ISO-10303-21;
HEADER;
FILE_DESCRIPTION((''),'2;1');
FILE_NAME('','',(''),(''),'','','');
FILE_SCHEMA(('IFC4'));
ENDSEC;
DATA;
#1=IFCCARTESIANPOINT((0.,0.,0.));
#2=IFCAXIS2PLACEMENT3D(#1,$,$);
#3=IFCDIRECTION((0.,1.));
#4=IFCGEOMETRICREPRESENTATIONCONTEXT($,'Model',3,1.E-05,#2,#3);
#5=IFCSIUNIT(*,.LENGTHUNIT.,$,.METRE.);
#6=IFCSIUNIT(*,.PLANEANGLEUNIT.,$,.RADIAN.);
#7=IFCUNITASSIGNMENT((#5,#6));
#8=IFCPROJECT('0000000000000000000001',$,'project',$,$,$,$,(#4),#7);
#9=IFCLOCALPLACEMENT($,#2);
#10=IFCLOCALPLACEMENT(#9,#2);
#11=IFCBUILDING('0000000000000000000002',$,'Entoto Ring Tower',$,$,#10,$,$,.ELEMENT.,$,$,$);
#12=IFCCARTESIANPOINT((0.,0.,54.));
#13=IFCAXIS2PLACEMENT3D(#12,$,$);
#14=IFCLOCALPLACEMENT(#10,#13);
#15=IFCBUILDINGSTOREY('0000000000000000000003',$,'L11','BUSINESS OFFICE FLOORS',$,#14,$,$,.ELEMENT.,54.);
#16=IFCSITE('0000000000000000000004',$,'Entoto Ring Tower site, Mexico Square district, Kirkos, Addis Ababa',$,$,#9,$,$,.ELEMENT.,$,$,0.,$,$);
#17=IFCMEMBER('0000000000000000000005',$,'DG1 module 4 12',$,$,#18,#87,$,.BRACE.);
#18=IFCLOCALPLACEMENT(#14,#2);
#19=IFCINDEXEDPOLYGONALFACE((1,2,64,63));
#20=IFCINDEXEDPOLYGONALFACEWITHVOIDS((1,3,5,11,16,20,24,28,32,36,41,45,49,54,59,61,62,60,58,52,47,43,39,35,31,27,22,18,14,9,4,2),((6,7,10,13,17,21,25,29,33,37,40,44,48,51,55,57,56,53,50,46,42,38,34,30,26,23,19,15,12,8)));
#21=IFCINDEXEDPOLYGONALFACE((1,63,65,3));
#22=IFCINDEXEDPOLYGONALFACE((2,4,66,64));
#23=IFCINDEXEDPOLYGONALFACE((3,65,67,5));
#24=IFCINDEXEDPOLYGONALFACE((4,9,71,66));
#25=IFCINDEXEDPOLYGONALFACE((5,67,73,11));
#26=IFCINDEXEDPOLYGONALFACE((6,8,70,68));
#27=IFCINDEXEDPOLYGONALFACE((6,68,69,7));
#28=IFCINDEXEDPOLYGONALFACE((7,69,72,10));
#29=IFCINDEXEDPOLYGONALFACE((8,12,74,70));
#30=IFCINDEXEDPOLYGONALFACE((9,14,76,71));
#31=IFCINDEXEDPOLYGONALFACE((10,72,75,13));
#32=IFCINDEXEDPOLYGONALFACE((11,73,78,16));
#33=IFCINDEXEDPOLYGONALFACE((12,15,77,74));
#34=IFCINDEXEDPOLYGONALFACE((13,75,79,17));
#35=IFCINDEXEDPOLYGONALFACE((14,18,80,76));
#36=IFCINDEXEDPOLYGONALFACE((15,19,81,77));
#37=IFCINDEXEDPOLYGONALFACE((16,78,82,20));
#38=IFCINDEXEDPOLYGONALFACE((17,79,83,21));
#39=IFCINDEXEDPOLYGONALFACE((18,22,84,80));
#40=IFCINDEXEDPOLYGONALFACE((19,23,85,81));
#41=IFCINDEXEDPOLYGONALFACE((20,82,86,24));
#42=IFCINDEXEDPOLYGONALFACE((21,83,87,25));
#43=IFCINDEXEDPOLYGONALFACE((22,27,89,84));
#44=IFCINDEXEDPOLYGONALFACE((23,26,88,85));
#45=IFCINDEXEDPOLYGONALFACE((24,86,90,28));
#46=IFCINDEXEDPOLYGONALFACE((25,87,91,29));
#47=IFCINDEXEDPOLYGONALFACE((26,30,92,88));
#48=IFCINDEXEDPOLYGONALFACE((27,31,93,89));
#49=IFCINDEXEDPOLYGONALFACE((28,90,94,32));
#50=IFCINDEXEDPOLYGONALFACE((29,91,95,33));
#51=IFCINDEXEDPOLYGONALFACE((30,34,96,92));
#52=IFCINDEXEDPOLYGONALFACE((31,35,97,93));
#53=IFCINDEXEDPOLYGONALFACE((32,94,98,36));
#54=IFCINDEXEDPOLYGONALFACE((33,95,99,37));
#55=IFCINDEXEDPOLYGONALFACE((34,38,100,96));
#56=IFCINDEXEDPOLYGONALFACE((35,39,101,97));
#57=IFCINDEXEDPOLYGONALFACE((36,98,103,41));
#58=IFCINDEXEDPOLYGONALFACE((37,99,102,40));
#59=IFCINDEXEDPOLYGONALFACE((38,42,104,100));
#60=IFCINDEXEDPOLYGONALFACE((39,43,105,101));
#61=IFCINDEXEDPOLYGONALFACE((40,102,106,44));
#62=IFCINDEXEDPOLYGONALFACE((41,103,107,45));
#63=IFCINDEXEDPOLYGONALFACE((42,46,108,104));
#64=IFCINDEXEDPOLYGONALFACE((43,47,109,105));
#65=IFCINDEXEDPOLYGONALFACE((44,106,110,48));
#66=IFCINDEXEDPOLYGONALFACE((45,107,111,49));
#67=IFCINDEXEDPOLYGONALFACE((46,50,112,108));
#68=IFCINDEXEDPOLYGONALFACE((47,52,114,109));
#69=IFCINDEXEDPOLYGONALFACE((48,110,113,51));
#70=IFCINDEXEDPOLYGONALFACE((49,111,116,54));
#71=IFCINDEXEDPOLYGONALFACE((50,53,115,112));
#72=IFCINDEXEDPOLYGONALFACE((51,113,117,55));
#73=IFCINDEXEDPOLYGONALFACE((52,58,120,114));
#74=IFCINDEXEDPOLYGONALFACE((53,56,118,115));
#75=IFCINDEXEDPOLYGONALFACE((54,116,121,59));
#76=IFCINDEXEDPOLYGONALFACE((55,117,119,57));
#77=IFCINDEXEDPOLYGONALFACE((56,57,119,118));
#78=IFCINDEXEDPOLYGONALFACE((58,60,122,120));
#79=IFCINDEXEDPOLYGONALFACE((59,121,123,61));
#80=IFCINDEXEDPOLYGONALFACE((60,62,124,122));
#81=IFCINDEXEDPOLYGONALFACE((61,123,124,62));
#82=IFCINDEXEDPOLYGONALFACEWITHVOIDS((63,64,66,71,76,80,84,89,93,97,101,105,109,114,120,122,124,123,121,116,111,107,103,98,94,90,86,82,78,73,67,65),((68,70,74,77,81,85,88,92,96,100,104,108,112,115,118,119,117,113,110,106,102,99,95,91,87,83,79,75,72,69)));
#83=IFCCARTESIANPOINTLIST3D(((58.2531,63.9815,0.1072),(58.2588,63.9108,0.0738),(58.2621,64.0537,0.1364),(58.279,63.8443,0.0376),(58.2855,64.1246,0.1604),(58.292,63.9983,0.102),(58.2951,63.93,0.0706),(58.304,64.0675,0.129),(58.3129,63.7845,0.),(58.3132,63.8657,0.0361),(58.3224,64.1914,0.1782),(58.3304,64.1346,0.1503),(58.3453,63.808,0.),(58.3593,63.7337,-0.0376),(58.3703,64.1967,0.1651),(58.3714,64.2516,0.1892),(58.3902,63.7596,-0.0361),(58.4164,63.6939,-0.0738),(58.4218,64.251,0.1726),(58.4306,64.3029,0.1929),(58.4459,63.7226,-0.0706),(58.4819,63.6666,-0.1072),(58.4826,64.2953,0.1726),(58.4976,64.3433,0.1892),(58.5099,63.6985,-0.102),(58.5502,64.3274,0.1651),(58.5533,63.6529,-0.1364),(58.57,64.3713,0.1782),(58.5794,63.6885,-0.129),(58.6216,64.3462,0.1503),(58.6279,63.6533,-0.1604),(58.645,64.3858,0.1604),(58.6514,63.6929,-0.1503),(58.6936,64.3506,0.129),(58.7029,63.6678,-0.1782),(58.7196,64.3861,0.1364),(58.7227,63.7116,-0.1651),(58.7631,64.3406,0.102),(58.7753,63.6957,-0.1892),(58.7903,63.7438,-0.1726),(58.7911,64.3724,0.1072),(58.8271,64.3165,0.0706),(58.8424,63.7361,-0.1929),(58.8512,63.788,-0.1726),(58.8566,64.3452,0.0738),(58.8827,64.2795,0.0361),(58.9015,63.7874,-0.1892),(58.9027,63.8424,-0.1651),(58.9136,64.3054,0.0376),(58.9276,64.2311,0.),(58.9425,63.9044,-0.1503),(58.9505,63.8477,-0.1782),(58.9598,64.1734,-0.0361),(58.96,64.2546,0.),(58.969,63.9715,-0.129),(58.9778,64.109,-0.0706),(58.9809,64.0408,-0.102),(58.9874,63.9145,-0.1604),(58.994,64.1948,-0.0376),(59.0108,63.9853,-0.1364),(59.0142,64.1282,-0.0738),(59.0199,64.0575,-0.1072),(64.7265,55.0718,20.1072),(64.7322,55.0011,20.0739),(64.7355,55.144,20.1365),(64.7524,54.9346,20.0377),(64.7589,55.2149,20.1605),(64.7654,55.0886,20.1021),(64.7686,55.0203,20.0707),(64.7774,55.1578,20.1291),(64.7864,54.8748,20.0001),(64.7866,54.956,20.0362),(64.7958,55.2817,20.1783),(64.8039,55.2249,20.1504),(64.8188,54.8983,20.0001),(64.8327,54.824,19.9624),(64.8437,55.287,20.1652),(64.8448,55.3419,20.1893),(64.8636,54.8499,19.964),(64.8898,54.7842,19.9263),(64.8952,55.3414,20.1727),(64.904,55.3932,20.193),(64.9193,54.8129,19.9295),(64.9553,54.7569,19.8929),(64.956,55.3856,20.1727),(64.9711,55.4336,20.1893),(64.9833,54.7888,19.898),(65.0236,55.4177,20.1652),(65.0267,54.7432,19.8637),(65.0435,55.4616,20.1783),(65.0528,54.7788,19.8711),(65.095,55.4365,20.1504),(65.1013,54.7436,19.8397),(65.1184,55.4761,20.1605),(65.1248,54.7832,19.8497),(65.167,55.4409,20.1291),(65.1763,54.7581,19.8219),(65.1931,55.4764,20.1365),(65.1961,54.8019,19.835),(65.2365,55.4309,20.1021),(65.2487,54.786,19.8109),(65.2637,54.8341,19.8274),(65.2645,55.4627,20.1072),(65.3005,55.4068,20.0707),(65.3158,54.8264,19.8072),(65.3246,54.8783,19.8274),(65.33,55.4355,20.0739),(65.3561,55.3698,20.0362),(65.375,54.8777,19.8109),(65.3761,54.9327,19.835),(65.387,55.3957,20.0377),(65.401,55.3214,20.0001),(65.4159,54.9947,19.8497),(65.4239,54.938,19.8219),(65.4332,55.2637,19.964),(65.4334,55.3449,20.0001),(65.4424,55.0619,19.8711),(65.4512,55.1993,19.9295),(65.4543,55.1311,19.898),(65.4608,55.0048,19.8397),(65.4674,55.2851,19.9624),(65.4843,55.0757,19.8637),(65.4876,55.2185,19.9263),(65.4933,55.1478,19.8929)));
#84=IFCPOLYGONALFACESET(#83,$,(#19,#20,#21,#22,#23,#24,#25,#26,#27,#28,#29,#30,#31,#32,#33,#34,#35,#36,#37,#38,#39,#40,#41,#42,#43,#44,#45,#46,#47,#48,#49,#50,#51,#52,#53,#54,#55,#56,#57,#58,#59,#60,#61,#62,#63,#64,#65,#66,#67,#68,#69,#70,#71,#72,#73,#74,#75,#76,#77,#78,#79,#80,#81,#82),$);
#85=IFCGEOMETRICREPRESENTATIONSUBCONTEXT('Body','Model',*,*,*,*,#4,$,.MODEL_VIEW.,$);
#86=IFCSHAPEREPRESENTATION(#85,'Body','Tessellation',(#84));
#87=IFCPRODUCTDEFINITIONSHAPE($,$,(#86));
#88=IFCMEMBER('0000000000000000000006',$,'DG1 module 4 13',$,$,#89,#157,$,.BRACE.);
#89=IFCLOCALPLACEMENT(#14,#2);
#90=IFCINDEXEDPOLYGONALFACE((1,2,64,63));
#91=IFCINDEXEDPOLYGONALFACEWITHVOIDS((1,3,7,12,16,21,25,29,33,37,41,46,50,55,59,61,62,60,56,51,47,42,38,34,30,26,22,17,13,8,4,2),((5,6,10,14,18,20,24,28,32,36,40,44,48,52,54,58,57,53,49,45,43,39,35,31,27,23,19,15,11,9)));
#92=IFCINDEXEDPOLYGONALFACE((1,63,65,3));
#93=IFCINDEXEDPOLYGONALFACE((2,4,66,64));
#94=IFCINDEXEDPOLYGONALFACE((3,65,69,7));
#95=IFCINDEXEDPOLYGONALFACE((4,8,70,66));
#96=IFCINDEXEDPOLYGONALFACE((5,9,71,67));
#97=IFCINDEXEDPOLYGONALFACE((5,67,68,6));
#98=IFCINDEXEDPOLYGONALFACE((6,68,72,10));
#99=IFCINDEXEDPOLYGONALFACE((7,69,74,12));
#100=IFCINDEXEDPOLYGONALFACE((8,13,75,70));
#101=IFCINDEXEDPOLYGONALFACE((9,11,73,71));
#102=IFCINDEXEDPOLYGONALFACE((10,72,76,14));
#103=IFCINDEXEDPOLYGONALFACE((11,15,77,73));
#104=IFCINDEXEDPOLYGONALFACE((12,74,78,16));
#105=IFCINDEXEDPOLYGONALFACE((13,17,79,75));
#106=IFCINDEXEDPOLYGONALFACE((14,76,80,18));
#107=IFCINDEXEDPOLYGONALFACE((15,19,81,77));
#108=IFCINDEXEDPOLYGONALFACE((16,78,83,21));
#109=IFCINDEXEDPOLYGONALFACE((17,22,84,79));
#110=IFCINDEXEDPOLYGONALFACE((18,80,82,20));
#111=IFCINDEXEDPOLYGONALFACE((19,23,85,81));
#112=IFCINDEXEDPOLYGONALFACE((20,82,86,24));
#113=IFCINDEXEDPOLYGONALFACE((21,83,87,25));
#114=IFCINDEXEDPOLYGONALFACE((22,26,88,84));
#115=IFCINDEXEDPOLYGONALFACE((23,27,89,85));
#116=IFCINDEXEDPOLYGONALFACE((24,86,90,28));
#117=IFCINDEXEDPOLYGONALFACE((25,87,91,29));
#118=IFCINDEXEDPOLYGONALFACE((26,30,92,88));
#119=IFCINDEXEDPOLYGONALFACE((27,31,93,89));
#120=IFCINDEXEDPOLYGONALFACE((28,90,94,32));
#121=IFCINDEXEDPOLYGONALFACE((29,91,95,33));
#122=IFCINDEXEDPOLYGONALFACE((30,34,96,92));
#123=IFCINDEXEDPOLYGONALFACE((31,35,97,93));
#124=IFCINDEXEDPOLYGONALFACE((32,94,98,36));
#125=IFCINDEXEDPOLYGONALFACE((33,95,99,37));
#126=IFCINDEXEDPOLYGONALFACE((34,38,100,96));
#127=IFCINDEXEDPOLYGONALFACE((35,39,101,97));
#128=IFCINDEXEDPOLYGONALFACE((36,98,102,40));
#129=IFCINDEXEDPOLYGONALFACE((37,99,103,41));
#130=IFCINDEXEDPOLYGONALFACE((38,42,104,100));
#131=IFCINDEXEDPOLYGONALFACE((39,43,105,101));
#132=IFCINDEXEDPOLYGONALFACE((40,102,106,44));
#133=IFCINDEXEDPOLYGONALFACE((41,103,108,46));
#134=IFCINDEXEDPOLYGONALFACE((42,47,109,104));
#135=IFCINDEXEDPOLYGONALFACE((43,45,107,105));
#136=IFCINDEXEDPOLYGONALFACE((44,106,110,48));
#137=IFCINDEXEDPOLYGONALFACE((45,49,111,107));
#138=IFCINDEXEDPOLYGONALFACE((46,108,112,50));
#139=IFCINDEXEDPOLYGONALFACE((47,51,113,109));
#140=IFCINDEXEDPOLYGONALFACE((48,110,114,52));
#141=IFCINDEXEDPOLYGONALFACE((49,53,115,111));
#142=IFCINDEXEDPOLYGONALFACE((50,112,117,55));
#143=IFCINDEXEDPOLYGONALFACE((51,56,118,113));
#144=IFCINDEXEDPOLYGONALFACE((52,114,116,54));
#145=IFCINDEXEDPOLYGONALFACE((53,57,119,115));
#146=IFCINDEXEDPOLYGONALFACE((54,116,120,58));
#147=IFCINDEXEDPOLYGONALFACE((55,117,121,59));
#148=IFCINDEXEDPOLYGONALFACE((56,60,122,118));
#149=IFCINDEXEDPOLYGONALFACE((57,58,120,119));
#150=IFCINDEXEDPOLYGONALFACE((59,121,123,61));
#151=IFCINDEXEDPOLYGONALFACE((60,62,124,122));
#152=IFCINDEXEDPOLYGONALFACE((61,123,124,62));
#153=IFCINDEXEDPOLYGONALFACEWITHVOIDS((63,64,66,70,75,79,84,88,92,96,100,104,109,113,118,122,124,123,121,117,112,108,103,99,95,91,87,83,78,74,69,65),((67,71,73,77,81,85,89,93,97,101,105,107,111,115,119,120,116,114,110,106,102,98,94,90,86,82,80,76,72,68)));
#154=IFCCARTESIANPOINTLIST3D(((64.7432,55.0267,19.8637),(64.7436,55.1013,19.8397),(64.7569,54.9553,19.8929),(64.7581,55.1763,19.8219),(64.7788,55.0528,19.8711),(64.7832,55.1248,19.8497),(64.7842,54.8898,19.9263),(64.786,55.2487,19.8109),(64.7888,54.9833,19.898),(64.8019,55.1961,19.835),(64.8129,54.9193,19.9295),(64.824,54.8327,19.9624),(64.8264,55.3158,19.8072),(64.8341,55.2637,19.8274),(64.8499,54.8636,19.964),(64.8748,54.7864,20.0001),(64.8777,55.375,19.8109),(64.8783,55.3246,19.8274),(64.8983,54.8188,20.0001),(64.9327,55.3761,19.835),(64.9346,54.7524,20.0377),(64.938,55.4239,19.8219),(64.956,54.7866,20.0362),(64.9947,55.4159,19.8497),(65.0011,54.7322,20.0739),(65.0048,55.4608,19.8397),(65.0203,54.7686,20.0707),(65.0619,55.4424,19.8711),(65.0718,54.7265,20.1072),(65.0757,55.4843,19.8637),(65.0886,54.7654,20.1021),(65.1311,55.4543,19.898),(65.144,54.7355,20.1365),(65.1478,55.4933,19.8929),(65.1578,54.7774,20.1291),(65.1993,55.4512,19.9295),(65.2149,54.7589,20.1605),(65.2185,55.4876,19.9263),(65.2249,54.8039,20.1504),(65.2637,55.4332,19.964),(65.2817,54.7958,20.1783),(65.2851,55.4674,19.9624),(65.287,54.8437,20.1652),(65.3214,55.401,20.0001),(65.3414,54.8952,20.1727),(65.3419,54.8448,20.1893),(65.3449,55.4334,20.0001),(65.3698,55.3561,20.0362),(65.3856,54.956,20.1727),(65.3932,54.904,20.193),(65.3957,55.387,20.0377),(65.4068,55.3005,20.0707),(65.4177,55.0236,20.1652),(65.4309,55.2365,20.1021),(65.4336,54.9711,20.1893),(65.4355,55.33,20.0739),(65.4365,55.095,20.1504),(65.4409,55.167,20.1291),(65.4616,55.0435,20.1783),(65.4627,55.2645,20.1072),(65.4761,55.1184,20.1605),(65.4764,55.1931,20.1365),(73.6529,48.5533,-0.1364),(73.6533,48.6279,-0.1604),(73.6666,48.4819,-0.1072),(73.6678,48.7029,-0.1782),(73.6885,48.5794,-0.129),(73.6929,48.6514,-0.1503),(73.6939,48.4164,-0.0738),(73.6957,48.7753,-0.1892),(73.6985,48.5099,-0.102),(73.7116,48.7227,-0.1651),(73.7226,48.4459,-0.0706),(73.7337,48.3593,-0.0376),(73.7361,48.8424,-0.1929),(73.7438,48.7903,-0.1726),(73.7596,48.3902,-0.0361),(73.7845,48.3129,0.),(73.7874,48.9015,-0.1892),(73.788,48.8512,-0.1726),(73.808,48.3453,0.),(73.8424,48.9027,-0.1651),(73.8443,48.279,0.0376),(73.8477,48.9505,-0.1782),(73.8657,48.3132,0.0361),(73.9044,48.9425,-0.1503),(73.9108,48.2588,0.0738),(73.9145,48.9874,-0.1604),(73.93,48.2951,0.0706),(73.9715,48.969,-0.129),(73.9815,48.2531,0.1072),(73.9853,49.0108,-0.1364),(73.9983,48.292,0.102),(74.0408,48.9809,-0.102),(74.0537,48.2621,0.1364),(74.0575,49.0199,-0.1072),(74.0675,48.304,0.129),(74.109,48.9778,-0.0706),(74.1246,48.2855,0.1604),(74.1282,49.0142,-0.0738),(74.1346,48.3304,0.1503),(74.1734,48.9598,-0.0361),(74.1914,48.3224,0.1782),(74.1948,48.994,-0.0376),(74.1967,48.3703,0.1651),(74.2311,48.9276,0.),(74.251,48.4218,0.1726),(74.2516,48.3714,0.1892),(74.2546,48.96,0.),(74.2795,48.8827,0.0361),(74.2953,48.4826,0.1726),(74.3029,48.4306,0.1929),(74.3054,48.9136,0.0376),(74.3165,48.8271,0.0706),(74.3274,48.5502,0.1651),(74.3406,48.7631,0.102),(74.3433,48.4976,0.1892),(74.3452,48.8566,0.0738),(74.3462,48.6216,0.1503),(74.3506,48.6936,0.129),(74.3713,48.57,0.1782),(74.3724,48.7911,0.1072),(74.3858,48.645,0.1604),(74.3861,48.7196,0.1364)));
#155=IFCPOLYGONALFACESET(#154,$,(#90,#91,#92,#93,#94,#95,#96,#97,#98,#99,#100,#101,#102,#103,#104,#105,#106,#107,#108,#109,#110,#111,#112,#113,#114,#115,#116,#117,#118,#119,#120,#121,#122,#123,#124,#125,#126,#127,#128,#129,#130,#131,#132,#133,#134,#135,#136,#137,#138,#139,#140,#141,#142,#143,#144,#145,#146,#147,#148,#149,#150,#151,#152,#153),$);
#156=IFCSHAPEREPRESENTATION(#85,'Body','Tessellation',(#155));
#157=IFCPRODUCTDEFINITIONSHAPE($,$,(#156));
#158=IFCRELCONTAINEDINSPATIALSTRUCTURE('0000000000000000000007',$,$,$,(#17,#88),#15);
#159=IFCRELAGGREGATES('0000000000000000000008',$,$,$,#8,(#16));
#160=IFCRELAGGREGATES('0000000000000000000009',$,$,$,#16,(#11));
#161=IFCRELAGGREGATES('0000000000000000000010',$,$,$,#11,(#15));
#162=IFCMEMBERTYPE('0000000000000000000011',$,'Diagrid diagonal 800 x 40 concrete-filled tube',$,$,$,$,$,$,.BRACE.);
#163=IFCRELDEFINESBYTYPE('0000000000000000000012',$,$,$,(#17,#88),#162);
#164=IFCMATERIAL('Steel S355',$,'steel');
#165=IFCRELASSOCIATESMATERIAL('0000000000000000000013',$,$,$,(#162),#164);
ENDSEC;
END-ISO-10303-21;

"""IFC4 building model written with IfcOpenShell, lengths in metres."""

from ifc_helpers import new_model, si_unit, direction, frame, origin, origin_2d, place, context, subcontext, project, spatial, circle, hollow_circle, extrude, material, material_profile, profile_set, type_object, element, save


model = new_model("IFC4")

# Units and contexts
model_context = context("Model", 3, precision=1e-05, world=origin(), true_north=direction((0.0, 1.0)))
body_context = subcontext(model_context, "Body", "Model", "MODEL_VIEW")
ifc_project = project(units=[si_unit("LENGTHUNIT", "METRE"), si_unit("PLANEANGLEUNIT", "RADIAN")], contexts=[model_context])

# Site, building, storey
site_placement = place(None, origin())
site = spatial("IfcSite", under=ifc_project, at=site_placement, Name="Entoto Ring Tower site, Mexico Square district, Kirkos, Addis Ababa", CompositionType="ELEMENT", RefElevation=0.0)
building_placement = place(site_placement, origin())
building = spatial("IfcBuilding", under=site, at=building_placement, Name="Entoto Ring Tower", CompositionType="ELEMENT")
storey_placement = place(building_placement, frame((0.0, 0.0, 54.0)))
storey = spatial("IfcBuildingStorey", under=building, at=storey_placement, Name="L11", Description="BUSINESS OFFICE FLOORS", CompositionType="ELEMENT", Elevation=54.0)

# Members
ifc_material_1 = material(Name="Steel S355", Category="steel")
ifc_material_profile_1 = material_profile(ifc_material_1, hollow_circle(Radius=0.3999, WallThickness=0.04, at=origin_2d()), Name="CHS 800 x 40")
ifc_material_2 = material(Name="Concrete C60/75", Category="concrete")
ifc_material_profile_2 = material_profile(ifc_material_2, circle(Radius=0.3601, at=origin_2d()), Name="Concrete C60/75 infill")
ifc_profile_set_1 = profile_set([ifc_material_profile_1, ifc_material_profile_2], Name="Steel S355")
member_type_1 = type_object("IfcMemberType", Name="Diagrid diagonal 800 x 40 concrete-filled tube", PredefinedType="BRACE", material=ifc_profile_set_1)
for number, where, z_axis, x_axis, name in (
    (1, (58.6365, 64.0195, 0.0), (0.283526, -0.390232, 0.875975), (0.809011, 0.587793, 0.0), "DG1 module 4 12"),
    (2, (74.0195, 48.6365, 0.0), (-0.390232, 0.283526, 0.875975), (-0.587793, -0.809011, 0.0), "DG1 module 4 13"),
):
    element("IfcMember", number, at=place(storey_placement, frame(where, z_axis=z_axis, x_axis=x_axis)), inside=storey, type_object=member_type_1, Name=name, PredefinedType="BRACE", context=body_context, shape_type="SweptSolid", body=[
        extrude(hollow_circle(Radius=0.3999, WallThickness=0.04, at=origin_2d()), origin(), (0.0, 0.0, 1.0), 22.8318),
    ])

save(model, "model.ifc")
